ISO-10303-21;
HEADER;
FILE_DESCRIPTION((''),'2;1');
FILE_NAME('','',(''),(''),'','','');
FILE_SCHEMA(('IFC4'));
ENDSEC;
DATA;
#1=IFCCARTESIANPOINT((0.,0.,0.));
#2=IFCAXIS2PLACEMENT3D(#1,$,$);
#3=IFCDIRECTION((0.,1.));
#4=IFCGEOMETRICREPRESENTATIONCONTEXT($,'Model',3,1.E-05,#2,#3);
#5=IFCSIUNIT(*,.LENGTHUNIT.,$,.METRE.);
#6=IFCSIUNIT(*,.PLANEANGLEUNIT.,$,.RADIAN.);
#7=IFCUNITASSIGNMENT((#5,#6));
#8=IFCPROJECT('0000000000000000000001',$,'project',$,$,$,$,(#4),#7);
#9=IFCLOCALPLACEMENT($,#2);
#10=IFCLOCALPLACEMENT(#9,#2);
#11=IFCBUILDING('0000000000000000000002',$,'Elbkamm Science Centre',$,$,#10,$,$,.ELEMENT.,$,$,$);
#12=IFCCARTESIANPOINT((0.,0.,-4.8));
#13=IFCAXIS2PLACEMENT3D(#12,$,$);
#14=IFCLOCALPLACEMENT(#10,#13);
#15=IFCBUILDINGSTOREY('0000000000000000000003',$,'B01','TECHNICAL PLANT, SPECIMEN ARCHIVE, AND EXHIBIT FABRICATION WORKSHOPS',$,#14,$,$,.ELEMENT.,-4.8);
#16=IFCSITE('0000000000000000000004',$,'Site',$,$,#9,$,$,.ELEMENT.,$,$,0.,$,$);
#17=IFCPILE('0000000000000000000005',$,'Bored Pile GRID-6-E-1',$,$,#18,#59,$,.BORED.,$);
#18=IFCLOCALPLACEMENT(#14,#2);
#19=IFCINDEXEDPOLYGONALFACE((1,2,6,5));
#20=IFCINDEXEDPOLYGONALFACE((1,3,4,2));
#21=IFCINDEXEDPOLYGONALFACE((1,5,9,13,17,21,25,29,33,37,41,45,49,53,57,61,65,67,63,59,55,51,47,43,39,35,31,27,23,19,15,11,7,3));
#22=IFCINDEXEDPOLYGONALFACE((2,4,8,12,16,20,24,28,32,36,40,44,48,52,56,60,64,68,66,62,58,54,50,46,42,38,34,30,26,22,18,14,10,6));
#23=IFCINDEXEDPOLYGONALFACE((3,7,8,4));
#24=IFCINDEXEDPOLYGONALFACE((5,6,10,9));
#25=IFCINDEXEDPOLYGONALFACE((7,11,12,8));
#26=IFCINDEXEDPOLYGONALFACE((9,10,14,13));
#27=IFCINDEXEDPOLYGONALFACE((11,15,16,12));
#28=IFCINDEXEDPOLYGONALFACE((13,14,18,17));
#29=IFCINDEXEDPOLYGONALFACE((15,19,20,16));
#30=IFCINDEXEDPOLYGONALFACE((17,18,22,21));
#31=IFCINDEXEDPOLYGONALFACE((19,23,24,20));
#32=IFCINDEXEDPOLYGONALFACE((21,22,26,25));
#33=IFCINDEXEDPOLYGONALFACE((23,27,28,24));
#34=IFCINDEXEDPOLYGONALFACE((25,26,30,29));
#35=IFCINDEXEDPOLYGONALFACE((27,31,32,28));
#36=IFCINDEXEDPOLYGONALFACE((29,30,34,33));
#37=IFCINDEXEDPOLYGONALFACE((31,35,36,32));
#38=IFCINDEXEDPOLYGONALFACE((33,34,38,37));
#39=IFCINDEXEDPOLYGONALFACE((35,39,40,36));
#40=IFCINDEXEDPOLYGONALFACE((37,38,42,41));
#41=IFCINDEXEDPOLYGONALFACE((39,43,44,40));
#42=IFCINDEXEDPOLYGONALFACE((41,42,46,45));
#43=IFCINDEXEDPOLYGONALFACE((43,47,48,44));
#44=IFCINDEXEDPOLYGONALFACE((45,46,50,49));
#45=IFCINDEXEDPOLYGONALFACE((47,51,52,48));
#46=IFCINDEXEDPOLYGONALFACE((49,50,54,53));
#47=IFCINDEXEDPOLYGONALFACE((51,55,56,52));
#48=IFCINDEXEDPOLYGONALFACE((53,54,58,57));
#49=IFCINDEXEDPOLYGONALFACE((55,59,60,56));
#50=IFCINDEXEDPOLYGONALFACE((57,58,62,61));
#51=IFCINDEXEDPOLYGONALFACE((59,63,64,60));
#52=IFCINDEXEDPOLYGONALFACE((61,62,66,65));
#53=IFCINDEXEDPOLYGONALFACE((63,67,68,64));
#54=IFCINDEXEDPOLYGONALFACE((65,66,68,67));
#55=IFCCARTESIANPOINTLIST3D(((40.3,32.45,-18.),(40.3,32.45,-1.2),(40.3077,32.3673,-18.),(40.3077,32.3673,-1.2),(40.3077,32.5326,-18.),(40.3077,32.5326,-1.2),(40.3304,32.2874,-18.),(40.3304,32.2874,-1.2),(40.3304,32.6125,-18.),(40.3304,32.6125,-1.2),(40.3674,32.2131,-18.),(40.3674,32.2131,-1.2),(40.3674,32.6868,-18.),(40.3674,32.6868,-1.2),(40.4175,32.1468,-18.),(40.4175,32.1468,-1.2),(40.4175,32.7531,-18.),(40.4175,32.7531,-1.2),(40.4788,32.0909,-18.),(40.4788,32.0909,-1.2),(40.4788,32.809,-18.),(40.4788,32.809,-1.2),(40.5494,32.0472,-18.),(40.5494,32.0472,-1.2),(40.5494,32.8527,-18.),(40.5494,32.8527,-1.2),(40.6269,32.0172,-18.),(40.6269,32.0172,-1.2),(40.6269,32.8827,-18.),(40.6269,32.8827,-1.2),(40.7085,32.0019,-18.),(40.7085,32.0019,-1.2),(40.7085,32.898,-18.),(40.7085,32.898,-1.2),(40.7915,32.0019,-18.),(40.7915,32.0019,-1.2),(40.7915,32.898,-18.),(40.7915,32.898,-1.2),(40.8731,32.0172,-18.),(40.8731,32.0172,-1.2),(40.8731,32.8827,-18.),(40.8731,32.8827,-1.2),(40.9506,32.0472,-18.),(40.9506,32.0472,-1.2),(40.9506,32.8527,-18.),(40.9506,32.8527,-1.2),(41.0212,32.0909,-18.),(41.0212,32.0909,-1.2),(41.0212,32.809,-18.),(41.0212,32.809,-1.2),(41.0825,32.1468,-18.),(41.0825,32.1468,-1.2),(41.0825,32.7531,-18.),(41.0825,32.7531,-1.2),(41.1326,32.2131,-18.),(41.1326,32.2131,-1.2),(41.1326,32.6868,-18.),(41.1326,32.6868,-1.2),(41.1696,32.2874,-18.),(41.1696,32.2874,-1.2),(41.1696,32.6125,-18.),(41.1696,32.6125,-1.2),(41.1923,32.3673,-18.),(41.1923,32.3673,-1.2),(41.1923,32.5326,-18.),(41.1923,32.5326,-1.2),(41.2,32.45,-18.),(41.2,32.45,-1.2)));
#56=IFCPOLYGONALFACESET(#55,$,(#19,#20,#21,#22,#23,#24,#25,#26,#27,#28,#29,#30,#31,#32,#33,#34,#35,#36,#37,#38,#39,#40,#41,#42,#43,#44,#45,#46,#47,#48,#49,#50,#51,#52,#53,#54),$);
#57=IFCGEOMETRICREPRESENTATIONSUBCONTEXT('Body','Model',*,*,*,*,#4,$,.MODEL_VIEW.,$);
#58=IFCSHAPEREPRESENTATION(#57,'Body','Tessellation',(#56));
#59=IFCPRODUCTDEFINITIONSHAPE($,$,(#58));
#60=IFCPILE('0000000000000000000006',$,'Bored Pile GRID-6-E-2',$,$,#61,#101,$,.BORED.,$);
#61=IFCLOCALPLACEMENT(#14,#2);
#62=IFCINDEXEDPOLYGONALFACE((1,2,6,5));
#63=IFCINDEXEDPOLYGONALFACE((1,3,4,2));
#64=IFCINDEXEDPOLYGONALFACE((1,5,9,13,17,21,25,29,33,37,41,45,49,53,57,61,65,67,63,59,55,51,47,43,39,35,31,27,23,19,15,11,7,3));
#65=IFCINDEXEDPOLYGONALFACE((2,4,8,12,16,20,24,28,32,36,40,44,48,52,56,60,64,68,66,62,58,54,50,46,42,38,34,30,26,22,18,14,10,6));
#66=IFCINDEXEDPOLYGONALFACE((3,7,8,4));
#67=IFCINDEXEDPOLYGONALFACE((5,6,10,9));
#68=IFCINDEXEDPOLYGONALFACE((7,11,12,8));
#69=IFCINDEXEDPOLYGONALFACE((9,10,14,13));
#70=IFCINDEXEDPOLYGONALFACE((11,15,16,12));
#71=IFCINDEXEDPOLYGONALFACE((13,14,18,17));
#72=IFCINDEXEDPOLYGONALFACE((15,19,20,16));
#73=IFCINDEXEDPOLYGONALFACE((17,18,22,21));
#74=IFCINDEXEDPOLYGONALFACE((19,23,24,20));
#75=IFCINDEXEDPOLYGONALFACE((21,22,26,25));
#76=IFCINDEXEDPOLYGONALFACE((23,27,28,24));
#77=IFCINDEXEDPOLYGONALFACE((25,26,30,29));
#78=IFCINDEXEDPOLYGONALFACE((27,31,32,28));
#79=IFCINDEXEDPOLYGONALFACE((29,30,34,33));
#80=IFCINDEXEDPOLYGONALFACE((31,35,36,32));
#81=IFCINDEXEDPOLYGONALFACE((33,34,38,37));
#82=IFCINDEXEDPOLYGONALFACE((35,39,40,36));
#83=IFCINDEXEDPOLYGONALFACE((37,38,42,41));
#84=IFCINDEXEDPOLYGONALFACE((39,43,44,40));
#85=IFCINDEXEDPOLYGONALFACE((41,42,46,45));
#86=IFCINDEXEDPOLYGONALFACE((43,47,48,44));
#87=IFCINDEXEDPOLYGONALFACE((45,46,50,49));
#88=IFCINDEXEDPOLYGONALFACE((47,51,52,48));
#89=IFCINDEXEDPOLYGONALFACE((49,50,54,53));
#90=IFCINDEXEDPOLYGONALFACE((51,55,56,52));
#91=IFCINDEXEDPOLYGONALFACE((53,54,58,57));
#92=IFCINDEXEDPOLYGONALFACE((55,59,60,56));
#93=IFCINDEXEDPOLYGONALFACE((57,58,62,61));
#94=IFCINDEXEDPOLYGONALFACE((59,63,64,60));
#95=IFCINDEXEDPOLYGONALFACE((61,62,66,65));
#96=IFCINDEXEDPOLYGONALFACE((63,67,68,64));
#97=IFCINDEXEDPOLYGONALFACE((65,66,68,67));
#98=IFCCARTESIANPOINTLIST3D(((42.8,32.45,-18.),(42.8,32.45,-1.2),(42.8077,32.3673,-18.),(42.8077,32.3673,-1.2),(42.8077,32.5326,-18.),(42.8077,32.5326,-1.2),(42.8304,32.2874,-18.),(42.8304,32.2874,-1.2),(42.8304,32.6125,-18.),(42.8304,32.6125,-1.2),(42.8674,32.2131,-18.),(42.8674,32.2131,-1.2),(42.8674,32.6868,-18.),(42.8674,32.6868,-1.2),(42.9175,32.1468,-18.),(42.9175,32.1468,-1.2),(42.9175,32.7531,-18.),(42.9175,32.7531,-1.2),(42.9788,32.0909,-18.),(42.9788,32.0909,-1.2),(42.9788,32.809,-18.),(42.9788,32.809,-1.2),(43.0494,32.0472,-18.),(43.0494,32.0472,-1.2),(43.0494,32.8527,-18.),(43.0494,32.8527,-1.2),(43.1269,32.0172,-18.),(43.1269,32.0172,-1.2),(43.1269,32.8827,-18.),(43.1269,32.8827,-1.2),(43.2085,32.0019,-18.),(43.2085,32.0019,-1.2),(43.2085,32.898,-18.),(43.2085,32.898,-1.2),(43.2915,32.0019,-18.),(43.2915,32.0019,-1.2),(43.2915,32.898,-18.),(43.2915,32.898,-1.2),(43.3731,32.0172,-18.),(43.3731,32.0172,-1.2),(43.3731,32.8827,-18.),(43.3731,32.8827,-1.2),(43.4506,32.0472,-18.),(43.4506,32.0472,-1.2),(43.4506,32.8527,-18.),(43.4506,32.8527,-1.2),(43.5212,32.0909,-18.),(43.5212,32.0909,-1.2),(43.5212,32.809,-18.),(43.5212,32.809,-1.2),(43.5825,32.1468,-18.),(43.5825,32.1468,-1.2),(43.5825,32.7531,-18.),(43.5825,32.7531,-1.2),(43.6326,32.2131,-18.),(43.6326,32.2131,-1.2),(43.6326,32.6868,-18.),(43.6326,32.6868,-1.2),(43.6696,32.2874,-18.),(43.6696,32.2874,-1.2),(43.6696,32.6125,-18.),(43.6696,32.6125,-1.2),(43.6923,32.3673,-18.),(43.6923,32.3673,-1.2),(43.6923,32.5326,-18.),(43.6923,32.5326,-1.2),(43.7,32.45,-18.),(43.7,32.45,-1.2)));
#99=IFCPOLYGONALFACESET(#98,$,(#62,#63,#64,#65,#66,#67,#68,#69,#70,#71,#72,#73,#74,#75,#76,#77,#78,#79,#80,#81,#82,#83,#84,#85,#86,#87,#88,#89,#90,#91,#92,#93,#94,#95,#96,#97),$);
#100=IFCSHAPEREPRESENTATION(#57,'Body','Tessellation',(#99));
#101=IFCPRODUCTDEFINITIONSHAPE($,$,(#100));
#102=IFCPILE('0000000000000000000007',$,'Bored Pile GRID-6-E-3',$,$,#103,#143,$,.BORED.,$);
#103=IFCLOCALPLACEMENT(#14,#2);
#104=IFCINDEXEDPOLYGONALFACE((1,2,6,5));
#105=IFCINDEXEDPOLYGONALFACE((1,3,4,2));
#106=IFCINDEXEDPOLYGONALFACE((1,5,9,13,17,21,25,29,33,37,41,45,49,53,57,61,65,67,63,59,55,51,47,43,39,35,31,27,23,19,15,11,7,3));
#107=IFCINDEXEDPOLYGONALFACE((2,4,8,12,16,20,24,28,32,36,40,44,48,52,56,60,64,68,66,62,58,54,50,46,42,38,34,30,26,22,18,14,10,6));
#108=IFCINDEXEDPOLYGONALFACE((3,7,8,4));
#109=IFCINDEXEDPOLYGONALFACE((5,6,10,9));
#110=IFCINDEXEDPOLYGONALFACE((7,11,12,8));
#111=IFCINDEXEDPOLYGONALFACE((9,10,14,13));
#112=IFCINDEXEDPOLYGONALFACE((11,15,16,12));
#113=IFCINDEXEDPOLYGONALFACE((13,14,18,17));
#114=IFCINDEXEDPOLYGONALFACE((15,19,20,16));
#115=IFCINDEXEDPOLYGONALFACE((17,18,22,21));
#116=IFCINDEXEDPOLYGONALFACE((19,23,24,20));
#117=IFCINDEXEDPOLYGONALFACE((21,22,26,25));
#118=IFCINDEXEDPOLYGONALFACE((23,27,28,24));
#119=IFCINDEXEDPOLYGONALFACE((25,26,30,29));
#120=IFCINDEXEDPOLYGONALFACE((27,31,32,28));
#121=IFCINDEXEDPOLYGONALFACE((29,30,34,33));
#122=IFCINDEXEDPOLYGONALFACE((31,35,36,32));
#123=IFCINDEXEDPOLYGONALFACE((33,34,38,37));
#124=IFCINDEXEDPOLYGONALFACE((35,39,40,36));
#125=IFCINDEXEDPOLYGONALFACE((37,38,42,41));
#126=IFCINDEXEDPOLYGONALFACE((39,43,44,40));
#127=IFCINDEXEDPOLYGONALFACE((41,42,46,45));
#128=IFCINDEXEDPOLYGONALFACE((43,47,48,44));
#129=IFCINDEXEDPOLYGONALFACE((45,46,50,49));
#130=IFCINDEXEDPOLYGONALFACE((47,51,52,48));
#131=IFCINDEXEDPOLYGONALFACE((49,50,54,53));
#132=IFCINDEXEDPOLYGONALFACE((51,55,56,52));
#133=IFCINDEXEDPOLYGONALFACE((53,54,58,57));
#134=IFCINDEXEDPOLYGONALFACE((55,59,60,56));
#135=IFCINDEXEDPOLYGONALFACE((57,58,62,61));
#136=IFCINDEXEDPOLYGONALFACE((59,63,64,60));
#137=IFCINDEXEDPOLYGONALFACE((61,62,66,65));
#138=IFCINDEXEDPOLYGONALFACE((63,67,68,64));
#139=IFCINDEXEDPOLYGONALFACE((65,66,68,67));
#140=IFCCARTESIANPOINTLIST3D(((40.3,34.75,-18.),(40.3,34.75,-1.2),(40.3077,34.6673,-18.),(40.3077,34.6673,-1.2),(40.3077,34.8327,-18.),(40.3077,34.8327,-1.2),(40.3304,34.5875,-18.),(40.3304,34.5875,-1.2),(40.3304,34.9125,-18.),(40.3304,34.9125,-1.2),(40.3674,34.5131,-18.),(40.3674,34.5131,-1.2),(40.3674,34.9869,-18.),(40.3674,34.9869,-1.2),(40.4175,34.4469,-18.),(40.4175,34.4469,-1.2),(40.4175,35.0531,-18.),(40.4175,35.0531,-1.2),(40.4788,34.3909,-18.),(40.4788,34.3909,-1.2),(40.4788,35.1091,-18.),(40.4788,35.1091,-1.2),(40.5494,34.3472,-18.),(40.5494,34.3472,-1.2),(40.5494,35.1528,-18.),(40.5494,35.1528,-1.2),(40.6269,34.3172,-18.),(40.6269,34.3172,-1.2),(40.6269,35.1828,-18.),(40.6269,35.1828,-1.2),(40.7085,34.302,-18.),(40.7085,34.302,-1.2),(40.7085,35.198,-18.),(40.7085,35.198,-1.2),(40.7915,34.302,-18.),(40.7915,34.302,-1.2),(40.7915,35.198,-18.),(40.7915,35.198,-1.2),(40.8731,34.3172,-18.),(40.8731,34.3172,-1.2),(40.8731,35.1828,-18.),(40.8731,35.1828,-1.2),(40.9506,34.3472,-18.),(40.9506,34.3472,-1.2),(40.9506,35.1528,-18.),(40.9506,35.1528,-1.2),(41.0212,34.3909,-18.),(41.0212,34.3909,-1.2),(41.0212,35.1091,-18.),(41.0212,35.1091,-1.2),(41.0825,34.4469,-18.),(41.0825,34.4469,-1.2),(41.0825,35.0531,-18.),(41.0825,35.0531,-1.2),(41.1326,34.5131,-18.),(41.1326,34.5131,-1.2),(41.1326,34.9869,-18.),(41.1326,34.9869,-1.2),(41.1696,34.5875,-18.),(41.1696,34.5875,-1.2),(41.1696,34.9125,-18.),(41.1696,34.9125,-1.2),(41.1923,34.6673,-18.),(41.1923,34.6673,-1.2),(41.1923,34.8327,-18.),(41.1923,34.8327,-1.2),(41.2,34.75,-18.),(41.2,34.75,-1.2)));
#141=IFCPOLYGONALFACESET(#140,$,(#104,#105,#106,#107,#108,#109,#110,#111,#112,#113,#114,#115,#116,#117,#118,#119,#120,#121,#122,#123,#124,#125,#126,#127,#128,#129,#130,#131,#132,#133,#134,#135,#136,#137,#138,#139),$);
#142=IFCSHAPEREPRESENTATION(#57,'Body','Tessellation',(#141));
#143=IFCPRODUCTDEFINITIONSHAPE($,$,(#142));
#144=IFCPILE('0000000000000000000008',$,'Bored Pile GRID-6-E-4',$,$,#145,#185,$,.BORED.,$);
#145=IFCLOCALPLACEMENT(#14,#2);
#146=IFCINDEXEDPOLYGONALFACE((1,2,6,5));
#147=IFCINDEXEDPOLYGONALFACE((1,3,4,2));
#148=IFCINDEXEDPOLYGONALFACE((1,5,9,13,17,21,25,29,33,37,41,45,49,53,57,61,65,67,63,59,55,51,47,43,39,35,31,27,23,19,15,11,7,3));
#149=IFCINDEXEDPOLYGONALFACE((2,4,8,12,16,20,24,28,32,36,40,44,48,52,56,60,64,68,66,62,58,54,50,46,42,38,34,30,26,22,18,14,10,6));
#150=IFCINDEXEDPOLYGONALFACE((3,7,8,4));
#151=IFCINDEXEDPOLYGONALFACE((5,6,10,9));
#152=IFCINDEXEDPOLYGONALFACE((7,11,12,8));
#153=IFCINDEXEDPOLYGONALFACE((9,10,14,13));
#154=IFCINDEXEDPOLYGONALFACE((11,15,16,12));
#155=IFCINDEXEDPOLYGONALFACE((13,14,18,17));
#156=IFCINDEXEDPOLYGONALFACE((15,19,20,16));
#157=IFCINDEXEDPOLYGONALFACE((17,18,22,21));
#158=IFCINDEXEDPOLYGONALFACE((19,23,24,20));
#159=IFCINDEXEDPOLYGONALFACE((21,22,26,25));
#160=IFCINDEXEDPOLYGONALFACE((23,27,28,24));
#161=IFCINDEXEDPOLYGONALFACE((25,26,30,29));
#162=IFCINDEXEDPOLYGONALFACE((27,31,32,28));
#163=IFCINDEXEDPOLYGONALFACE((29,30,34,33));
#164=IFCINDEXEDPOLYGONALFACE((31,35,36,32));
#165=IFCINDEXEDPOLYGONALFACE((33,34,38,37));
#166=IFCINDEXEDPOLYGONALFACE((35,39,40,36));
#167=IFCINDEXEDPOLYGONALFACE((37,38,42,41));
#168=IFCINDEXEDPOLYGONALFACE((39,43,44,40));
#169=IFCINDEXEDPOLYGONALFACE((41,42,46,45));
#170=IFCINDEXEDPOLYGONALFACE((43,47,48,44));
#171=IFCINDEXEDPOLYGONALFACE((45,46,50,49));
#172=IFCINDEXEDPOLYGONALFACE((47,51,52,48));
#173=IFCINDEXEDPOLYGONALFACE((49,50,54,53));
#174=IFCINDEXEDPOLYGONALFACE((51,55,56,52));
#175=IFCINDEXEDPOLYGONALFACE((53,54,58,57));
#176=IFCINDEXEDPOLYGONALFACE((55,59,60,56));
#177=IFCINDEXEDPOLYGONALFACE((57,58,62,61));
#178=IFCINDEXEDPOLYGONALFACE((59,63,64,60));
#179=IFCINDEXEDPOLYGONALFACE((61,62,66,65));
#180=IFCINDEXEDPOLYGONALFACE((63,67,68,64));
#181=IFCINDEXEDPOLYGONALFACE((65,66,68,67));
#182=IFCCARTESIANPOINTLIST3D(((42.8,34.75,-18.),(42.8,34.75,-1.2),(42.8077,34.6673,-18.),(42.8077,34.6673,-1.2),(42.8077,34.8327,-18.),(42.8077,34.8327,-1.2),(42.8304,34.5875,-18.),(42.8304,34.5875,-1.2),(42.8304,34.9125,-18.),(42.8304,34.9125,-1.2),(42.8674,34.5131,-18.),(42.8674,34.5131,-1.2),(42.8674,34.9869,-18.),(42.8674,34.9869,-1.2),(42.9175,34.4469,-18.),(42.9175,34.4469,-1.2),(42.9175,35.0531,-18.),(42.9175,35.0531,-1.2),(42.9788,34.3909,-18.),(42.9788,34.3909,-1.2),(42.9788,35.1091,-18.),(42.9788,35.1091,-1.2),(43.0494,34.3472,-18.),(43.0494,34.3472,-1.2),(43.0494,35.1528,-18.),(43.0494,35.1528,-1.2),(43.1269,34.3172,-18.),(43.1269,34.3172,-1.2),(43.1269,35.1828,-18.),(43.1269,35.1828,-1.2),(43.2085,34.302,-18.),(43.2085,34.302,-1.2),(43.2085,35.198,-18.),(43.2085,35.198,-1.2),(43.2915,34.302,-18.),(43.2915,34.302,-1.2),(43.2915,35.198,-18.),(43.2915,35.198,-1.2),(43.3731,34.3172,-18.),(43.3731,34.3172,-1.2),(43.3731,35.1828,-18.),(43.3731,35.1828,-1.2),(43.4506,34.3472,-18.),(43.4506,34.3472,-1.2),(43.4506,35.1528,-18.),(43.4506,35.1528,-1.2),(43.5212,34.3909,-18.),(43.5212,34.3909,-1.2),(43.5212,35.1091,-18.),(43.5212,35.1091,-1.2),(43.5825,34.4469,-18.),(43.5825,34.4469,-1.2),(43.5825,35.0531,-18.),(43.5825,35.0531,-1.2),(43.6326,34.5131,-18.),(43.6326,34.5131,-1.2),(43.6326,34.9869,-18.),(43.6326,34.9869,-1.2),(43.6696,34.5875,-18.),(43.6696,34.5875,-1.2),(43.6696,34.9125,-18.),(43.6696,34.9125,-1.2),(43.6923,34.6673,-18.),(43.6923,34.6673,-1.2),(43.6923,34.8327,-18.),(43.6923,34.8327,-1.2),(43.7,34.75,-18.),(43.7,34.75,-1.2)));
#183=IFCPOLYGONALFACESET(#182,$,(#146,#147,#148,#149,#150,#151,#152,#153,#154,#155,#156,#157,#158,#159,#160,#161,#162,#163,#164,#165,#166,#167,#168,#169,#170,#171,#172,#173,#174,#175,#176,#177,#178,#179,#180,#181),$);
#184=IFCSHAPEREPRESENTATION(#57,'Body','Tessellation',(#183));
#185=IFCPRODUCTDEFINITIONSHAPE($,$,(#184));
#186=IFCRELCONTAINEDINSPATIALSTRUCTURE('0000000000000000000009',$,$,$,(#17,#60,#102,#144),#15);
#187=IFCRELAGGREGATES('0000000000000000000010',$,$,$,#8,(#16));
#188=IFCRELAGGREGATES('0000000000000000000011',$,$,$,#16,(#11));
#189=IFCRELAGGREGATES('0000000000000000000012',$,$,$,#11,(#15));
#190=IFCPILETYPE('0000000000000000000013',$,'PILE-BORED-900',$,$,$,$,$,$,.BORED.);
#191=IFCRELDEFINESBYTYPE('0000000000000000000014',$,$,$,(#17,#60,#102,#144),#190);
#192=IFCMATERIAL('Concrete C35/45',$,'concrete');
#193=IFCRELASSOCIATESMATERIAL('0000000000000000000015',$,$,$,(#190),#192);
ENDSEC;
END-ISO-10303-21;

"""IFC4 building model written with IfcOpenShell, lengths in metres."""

from ifc_helpers import new_model, si_unit, direction, frame, origin, origin_2d, place, context, subcontext, project, spatial, circle, extrude, material, material_profile, profile_set, type_object, element, save


model = new_model("IFC4")

# Units and contexts
model_context = context("Model", 3, precision=1e-05, world=origin(), true_north=direction((0.0, 1.0)))
body_context = subcontext(model_context, "Body", "Model", "MODEL_VIEW")
ifc_project = project(units=[si_unit("LENGTHUNIT", "METRE"), si_unit("PLANEANGLEUNIT", "RADIAN")], contexts=[model_context])

# Site, building, storey
site_placement = place(None, origin())
site = spatial("IfcSite", under=ifc_project, at=site_placement, Name="Site", CompositionType="ELEMENT", RefElevation=0.0)
building_placement = place(site_placement, origin())
building = spatial("IfcBuilding", under=site, at=building_placement, Name="Elbkamm Science Centre", CompositionType="ELEMENT")
storey_placement = place(building_placement, frame((0.0, 0.0, -4.8)))
storey = spatial("IfcBuildingStorey", under=building, at=storey_placement, Name="B01", Description="TECHNICAL PLANT, SPECIMEN ARCHIVE, AND EXHIBIT FABRICATION WORKSHOPS", CompositionType="ELEMENT", Elevation=-4.8)

# Shared definitions
ifc_material_1 = material(Name="Concrete C35/45", Category="concrete")

# Piles
ifc_material_profile_1 = material_profile(ifc_material_1, circle(Radius=0.45, at=origin_2d()), Name="PILE D900")
ifc_profile_set_1 = profile_set([ifc_material_profile_1], Name="Concrete C35/45")
pile_type = type_object("IfcPileType", Name="PILE-BORED-900", PredefinedType="BORED", material=ifc_profile_set_1)
for number, where, z_axis, x_axis, name in (
    (1, (40.75, 32.45, -1.2), (0.0, 0.0, -1.0), (1.0, 0.0, 0.0), "Bored Pile GRID-6-E-1"),
    (2, (43.25, 32.45, -1.2), (0.0, 0.0, -1.0), (1.0, 0.0, 0.0), "Bored Pile GRID-6-E-2"),
    (3, (40.75, 34.75, -1.2), (0.0, 0.0, -1.0), (1.0, 0.0, 0.0), "Bored Pile GRID-6-E-3"),
    (4, (43.25, 34.75, -1.2), (0.0, 0.0, -1.0), (1.0, 0.0, 0.0), "Bored Pile GRID-6-E-4"),
):
    element("IfcPile", number, at=place(storey_placement, frame(where, z_axis=z_axis, x_axis=x_axis)), inside=storey, type_object=pile_type, Name=name, PredefinedType="BORED", context=body_context, shape_type="SweptSolid", body=[
        extrude(circle(Radius=0.45, at=origin_2d()), origin(), (0.0, 0.0, 1.0), 16.8),
    ])

save(model, "model.ifc")
